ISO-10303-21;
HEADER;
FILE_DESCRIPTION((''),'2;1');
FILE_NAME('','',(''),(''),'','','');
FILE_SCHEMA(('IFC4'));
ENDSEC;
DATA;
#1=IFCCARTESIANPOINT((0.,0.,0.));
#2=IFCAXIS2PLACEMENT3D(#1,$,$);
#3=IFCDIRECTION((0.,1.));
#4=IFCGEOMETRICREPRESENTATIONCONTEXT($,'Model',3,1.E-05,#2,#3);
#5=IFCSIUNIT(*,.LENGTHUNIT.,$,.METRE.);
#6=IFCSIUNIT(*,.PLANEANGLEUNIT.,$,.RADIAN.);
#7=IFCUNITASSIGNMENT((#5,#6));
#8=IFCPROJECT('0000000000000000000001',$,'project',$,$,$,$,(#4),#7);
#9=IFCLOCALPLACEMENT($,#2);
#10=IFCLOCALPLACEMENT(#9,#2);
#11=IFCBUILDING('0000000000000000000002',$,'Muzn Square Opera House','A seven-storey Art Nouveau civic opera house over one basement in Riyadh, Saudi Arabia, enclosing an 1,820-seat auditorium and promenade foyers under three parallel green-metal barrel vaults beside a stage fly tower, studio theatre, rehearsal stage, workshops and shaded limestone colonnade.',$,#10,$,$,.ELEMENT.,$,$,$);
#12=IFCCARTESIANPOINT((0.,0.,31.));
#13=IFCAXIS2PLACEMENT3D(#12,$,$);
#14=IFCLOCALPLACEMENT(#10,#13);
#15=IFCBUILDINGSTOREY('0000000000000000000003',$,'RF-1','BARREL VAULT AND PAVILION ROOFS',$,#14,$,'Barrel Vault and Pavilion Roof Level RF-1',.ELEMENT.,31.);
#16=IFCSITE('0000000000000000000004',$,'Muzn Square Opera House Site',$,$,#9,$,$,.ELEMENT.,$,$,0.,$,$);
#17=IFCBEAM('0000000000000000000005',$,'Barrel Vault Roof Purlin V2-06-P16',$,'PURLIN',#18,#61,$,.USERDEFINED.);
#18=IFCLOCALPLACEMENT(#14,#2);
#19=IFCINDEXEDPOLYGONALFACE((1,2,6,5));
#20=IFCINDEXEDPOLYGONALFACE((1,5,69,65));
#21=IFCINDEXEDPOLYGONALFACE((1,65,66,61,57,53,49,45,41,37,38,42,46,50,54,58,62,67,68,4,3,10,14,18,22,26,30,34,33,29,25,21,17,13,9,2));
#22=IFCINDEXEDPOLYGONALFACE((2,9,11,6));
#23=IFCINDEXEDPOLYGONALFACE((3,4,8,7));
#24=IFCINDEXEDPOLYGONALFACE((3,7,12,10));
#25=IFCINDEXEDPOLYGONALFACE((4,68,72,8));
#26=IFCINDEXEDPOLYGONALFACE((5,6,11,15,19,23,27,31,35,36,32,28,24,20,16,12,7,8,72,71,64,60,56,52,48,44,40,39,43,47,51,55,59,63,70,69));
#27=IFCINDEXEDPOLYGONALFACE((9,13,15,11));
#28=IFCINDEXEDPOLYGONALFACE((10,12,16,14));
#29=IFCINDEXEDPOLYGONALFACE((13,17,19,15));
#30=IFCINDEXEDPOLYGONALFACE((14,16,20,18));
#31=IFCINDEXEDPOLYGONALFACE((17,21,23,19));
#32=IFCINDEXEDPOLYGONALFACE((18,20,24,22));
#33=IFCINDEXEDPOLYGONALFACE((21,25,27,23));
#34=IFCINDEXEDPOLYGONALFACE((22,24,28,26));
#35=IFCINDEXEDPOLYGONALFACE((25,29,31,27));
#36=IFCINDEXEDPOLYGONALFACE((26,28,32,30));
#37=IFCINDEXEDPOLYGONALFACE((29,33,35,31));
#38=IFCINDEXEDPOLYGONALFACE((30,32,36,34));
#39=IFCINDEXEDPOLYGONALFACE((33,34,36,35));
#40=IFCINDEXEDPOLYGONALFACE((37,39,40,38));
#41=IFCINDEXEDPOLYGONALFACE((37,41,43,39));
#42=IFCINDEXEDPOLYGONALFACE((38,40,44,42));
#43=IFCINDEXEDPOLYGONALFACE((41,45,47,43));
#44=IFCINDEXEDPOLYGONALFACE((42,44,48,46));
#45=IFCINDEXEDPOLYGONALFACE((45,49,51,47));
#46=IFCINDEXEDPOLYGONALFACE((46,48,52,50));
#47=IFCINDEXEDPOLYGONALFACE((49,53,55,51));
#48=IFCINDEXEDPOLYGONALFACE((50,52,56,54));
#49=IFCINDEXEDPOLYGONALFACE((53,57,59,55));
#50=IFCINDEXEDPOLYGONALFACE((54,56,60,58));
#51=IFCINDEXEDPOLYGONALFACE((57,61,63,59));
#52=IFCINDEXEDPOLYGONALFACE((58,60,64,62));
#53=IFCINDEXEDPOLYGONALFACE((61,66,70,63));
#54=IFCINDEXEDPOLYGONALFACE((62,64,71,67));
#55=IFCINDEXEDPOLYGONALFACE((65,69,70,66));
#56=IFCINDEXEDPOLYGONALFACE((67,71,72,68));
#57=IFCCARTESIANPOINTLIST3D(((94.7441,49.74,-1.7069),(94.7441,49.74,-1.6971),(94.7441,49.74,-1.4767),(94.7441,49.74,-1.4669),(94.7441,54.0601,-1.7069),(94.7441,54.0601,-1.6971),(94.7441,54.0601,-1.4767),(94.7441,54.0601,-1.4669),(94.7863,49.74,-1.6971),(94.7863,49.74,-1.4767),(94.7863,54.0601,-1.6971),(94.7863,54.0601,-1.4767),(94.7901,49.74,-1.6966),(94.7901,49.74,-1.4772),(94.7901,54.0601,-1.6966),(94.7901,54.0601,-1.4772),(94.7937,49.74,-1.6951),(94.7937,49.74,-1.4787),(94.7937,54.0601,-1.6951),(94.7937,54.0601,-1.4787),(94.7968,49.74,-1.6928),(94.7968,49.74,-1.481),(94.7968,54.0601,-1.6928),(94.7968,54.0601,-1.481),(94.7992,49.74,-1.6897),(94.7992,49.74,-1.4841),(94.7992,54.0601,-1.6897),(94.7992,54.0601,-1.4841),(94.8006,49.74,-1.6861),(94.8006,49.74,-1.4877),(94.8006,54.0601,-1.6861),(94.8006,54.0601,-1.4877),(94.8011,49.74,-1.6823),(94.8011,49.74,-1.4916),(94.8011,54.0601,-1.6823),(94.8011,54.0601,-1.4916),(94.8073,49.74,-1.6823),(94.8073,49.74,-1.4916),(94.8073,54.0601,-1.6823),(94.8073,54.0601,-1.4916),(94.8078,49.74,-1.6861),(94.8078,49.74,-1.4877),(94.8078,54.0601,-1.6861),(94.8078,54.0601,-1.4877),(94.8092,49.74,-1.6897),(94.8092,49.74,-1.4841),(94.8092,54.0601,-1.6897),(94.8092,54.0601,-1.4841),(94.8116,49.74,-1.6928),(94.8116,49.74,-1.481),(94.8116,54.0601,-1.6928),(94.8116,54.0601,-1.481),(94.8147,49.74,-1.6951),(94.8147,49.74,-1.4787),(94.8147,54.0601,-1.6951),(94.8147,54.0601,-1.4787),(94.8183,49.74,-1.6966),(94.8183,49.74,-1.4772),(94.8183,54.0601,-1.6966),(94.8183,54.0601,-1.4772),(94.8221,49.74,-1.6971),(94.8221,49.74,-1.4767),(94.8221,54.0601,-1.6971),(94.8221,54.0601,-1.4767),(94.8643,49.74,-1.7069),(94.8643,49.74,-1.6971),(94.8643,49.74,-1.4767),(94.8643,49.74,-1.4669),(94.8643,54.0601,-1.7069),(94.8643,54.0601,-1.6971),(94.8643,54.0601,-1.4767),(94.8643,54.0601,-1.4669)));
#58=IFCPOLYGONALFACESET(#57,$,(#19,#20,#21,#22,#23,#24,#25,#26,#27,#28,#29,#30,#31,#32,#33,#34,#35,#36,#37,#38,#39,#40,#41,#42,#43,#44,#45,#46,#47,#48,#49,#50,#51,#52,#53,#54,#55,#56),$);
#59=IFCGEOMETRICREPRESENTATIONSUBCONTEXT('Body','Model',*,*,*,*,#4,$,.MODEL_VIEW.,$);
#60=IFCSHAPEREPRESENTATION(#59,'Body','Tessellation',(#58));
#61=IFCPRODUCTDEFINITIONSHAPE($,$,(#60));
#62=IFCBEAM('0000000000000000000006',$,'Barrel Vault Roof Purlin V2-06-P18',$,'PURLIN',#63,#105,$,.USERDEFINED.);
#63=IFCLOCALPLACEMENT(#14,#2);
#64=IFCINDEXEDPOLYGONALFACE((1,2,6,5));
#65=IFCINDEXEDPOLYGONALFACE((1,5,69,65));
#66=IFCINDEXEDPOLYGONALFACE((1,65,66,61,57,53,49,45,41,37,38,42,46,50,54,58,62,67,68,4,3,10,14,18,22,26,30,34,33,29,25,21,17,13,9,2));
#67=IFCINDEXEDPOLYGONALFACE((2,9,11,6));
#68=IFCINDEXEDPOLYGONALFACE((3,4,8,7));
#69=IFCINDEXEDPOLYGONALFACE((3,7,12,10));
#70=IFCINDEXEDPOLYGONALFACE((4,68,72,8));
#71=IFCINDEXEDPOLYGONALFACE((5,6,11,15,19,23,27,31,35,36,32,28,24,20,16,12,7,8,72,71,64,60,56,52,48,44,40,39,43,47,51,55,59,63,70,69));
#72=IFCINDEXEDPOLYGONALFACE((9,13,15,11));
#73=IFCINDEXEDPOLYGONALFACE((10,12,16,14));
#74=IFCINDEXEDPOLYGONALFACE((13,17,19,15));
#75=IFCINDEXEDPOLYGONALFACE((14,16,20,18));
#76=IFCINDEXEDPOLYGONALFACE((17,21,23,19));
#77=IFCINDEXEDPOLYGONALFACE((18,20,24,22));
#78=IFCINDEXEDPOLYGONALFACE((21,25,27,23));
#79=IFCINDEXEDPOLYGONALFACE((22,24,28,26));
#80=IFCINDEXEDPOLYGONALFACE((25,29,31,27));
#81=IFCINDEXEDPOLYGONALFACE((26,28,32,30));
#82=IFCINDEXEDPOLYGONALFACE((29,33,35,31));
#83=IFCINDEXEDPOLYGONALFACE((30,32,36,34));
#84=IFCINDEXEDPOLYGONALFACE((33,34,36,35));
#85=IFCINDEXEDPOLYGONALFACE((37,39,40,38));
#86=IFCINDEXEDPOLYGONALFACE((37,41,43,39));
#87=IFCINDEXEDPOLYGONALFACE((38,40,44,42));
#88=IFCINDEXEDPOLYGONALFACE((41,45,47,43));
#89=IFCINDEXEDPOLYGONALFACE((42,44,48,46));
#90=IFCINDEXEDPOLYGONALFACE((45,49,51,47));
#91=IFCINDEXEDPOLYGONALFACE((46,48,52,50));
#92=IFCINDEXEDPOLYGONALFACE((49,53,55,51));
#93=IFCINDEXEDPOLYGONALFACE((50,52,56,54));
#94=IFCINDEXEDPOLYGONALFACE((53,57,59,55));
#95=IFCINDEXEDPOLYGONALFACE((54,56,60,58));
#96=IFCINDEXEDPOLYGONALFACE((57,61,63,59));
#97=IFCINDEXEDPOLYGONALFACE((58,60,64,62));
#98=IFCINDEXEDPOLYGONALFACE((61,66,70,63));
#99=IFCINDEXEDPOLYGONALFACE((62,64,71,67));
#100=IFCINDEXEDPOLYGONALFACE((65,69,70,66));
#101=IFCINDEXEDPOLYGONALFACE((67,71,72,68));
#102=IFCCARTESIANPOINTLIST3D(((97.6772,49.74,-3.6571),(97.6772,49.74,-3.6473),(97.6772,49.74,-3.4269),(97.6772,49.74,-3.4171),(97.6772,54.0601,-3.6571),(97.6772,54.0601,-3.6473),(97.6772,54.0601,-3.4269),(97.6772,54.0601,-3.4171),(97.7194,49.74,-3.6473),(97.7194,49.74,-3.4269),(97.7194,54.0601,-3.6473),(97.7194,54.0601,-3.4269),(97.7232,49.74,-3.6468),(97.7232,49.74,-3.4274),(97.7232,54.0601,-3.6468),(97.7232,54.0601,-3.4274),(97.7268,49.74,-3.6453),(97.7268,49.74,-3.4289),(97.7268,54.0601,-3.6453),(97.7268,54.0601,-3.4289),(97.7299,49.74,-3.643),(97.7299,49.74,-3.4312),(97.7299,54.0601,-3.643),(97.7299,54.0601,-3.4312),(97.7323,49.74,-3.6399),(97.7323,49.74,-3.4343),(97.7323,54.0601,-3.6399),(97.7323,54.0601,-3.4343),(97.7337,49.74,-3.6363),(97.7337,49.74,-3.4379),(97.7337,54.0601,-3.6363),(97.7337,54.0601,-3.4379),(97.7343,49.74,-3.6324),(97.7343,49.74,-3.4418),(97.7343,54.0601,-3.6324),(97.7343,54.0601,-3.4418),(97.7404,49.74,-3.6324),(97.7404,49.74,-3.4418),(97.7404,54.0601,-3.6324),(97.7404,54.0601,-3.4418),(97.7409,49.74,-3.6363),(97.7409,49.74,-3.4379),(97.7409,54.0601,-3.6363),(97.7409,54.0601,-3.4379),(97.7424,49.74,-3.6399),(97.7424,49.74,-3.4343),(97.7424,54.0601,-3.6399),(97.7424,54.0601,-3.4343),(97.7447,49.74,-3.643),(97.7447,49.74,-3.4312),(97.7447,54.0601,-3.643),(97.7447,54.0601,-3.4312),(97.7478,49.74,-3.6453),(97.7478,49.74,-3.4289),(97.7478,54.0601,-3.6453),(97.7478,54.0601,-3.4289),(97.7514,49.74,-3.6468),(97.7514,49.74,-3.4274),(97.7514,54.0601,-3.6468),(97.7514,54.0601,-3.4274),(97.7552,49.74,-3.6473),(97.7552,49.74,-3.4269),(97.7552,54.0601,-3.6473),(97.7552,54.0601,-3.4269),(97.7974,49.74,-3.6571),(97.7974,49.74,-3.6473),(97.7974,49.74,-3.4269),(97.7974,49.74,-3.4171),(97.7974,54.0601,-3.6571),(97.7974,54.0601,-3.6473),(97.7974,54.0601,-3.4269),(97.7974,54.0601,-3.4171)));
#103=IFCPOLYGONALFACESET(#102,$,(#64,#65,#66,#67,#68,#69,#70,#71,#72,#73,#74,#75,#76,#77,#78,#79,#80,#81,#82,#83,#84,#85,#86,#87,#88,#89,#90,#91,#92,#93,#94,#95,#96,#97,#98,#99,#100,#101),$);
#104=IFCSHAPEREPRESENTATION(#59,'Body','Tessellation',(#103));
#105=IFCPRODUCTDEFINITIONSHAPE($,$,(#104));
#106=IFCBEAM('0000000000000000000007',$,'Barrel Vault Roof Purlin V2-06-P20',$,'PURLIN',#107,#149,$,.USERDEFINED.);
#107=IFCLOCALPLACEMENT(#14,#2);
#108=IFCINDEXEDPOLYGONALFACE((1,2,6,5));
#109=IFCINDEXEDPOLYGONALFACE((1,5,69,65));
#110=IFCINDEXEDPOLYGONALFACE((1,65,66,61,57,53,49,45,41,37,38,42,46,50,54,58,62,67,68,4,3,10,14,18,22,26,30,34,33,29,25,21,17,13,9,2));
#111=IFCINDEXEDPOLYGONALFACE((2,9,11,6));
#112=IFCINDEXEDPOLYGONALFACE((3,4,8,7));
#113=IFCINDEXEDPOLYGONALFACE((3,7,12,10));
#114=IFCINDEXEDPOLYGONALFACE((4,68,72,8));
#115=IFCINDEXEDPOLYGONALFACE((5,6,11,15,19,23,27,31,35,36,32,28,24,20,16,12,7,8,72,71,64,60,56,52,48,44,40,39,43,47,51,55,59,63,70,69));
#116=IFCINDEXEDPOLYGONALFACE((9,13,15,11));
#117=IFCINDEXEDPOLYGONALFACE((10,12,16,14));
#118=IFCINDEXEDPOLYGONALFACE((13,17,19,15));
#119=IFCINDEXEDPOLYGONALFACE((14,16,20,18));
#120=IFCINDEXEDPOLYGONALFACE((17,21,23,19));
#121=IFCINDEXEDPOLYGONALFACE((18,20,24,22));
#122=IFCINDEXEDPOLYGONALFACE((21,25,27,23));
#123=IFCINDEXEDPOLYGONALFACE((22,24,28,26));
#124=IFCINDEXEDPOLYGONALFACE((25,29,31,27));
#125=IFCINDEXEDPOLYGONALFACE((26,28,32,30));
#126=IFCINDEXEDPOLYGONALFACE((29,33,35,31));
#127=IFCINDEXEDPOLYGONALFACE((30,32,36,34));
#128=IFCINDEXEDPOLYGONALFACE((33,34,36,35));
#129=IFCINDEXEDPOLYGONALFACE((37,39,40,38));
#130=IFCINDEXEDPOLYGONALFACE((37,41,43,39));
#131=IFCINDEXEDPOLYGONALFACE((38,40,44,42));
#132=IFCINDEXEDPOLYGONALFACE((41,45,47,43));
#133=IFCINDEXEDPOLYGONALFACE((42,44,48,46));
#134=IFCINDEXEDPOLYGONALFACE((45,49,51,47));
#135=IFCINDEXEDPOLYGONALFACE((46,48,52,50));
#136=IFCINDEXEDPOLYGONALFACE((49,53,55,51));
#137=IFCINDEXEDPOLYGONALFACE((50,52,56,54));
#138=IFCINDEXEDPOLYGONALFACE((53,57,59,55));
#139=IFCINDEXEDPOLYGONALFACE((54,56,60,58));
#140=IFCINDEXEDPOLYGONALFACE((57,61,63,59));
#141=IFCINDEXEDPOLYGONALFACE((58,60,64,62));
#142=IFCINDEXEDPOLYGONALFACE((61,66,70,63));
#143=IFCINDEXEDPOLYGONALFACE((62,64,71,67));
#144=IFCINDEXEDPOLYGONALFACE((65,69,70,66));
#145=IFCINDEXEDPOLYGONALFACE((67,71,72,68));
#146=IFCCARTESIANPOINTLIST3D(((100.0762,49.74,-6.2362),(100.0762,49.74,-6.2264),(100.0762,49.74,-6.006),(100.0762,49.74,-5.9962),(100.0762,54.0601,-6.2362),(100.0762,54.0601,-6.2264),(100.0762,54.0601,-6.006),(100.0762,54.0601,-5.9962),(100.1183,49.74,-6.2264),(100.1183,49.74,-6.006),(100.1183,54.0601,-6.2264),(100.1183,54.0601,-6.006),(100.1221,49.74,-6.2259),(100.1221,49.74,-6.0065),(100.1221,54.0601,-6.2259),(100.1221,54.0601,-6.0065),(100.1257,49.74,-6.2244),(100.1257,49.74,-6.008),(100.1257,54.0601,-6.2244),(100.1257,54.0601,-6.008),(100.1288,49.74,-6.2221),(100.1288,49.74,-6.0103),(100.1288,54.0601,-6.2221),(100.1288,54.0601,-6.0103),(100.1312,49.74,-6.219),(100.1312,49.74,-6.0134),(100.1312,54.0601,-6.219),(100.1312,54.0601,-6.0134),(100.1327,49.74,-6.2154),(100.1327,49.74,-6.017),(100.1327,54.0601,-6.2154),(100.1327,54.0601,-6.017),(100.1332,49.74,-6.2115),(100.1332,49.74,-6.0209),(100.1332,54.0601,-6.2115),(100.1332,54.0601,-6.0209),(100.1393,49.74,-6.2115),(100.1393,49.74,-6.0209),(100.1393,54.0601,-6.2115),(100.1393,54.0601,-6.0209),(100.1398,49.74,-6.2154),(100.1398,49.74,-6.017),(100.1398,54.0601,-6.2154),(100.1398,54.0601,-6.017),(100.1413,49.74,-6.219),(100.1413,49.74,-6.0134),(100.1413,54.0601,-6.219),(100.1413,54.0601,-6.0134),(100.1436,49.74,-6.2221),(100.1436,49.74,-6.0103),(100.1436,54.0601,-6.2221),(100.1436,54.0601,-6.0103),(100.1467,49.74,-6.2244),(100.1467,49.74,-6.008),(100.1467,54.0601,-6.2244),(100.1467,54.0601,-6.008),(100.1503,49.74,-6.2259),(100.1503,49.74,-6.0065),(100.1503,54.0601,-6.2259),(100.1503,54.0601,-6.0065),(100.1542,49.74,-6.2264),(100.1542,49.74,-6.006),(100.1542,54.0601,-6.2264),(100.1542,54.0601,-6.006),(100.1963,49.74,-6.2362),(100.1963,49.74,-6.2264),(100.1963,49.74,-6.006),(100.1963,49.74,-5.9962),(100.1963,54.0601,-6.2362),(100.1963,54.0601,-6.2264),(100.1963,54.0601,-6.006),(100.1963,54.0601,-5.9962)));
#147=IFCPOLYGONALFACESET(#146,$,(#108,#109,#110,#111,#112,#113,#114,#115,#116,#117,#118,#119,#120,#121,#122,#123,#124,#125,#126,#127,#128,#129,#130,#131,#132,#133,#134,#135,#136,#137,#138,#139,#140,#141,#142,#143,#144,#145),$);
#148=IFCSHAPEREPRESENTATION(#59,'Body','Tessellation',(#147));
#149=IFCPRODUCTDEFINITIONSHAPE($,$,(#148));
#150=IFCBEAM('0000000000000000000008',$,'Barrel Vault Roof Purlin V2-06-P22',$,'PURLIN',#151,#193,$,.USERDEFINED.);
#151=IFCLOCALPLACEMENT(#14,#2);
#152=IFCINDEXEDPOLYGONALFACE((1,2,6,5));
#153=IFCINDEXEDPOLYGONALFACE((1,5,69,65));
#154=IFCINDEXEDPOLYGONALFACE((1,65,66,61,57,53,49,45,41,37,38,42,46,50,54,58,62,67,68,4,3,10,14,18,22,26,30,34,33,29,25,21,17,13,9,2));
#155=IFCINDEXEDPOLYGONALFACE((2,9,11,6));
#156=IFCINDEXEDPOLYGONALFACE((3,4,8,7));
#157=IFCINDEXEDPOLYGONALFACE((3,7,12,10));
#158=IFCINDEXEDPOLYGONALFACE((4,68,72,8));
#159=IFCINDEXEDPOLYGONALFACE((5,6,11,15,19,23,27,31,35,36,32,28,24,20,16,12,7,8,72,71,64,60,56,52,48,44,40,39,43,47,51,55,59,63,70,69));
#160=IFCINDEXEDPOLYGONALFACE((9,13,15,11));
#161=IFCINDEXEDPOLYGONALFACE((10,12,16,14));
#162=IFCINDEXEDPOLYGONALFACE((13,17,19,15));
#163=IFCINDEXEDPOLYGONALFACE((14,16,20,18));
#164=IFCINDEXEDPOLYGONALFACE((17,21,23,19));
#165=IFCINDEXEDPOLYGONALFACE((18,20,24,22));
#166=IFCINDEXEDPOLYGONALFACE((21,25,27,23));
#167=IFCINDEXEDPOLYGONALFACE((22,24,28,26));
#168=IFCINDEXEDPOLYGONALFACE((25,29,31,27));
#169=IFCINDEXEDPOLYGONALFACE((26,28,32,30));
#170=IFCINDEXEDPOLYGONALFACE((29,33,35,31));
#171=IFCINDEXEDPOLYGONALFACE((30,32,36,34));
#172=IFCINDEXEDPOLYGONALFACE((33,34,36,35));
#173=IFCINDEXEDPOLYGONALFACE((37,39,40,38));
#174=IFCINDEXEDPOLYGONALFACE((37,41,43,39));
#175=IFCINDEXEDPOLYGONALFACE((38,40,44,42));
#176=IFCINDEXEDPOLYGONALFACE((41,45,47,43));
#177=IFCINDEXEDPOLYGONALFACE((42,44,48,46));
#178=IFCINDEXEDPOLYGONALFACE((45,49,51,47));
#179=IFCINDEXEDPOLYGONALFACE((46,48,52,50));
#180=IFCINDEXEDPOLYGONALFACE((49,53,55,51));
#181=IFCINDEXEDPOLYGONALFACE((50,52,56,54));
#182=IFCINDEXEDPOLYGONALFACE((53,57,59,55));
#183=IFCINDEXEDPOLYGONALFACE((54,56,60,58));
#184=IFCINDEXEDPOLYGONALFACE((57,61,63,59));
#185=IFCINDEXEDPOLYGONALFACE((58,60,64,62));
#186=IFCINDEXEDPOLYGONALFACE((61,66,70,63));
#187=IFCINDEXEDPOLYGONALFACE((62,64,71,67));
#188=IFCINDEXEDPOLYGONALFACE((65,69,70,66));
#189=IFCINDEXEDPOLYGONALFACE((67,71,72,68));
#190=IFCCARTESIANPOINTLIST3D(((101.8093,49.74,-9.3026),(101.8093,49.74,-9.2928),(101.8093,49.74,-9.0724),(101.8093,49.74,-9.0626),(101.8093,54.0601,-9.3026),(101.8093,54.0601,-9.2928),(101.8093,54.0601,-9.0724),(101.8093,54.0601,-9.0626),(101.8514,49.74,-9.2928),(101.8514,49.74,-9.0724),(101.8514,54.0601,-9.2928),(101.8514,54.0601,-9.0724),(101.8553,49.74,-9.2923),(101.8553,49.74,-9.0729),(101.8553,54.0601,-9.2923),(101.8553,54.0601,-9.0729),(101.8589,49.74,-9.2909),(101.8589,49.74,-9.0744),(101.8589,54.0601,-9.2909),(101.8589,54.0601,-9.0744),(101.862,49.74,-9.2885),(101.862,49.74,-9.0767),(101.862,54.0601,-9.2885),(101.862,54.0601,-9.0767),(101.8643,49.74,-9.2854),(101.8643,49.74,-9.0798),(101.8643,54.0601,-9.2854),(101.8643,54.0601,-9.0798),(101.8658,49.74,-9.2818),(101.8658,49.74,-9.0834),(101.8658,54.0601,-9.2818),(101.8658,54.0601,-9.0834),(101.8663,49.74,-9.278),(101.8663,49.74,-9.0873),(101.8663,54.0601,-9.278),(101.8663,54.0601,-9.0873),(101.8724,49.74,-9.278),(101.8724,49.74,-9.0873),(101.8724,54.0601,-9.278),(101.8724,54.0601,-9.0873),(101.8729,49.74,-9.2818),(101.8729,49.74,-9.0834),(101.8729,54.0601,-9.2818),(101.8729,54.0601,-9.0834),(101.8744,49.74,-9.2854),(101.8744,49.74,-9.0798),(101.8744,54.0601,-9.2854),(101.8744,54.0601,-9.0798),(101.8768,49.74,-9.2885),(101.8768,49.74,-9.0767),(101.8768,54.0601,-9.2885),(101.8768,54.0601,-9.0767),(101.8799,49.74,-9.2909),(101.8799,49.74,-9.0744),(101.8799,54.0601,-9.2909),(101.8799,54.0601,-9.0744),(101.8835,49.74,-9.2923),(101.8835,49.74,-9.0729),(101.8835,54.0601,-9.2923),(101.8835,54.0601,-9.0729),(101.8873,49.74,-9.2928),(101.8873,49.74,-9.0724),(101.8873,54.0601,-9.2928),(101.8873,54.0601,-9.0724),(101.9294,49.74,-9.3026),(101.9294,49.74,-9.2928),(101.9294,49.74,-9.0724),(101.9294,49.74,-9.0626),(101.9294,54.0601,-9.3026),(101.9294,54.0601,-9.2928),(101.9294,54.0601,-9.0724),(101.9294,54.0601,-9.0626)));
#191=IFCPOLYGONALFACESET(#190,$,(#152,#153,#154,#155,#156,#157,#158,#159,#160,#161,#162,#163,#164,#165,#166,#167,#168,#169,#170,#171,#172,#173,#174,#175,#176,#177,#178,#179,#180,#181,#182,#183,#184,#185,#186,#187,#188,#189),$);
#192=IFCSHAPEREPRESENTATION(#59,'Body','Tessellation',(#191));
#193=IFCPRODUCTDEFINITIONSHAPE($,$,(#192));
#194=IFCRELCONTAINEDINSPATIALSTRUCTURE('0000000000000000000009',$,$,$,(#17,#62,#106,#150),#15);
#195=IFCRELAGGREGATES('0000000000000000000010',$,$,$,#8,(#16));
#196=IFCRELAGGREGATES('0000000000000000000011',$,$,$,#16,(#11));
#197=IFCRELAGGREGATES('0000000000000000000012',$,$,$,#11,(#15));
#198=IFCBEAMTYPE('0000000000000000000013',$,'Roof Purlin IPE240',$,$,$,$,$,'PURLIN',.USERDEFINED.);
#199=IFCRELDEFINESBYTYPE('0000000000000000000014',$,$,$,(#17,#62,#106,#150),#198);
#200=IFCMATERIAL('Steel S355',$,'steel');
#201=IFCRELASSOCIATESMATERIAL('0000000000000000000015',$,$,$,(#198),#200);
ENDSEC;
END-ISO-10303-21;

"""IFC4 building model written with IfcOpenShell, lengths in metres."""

from ifc_helpers import new_model, si_unit, direction, frame, origin, origin_2d, place, context, subcontext, project, spatial, i_section, extrude, material, material_profile, profile_set, type_object, element, save


model = new_model("IFC4")

# Units and contexts
model_context = context("Model", 3, precision=1e-05, world=origin(), true_north=direction((0.0, 1.0)))
body_context = subcontext(model_context, "Body", "Model", "MODEL_VIEW")
ifc_project = project(units=[si_unit("LENGTHUNIT", "METRE"), si_unit("PLANEANGLEUNIT", "RADIAN")], contexts=[model_context])

# Site, building, storey
site_placement = place(None, origin())
site = spatial("IfcSite", under=ifc_project, at=site_placement, Name="Muzn Square Opera House Site", CompositionType="ELEMENT", RefElevation=0.0)
building_placement = place(site_placement, origin())
building = spatial("IfcBuilding", under=site, at=building_placement, Name="Muzn Square Opera House", Description="A seven-storey Art Nouveau civic opera house over one basement in Riyadh, Saudi Arabia, enclosing an 1,820-seat auditorium and promenade foyers under three parallel green-metal barrel vaults beside a stage fly tower, studio theatre, rehearsal stage, workshops and shaded limestone colonnade.", CompositionType="ELEMENT")
storey_placement = place(building_placement, frame((0.0, 0.0, 31.0)))
storey = spatial("IfcBuildingStorey", under=building, at=storey_placement, Name="RF-1", Description="BARREL VAULT AND PAVILION ROOFS", LongName="Barrel Vault and Pavilion Roof Level RF-1", CompositionType="ELEMENT", Elevation=31.0)

# Beams
ifc_material_1 = material(Name="Steel S355", Category="steel")
ifc_material_profile_1 = material_profile(ifc_material_1, i_section(OverallWidth=0.1201, OverallDepth=0.24, WebThickness=0.0061, FlangeThickness=0.0098, FilletRadius=0.0149, at=origin_2d()), Name="IPE 240", Category="steel")
ifc_profile_set_1 = profile_set([ifc_material_profile_1], Name="Steel S355")
beam_type_1 = type_object("IfcBeamType", Name="Roof Purlin IPE240", ElementType="PURLIN", PredefinedType="USERDEFINED", material=ifc_profile_set_1)
for number, where, z_axis, x_axis, name in (
    (1, (94.8042, 49.74, -1.5869), (0.0, 1.0, 0.0), (-1.0, 0.0, 0.0), "Barrel Vault Roof Purlin V2-06-P16"),
    (2, (97.7373, 49.74, -3.5371), (0.0, 1.0, 0.0), (-1.0, 0.0, 0.0), "Barrel Vault Roof Purlin V2-06-P18"),
    (3, (100.1362, 49.74, -6.1162), (0.0, 1.0, 0.0), (-1.0, 0.0, 0.0), "Barrel Vault Roof Purlin V2-06-P20"),
    (4, (101.8694, 49.74, -9.1826), (0.0, 1.0, 0.0), (-1.0, 0.0, 0.0), "Barrel Vault Roof Purlin V2-06-P22"),
):
    element("IfcBeam", number, at=place(storey_placement, frame(where, z_axis=z_axis, x_axis=x_axis)), inside=storey, type_object=beam_type_1, Name=name, ObjectType="PURLIN", PredefinedType="USERDEFINED", context=body_context, shape_type="SweptSolid", body=[
        extrude(i_section(OverallWidth=0.1201, OverallDepth=0.24, WebThickness=0.0061, FlangeThickness=0.0098, FilletRadius=0.0149, at=origin_2d()), origin(), (0.0, 0.0, 1.0), 4.3201),
    ])

save(model, "model.ifc")
